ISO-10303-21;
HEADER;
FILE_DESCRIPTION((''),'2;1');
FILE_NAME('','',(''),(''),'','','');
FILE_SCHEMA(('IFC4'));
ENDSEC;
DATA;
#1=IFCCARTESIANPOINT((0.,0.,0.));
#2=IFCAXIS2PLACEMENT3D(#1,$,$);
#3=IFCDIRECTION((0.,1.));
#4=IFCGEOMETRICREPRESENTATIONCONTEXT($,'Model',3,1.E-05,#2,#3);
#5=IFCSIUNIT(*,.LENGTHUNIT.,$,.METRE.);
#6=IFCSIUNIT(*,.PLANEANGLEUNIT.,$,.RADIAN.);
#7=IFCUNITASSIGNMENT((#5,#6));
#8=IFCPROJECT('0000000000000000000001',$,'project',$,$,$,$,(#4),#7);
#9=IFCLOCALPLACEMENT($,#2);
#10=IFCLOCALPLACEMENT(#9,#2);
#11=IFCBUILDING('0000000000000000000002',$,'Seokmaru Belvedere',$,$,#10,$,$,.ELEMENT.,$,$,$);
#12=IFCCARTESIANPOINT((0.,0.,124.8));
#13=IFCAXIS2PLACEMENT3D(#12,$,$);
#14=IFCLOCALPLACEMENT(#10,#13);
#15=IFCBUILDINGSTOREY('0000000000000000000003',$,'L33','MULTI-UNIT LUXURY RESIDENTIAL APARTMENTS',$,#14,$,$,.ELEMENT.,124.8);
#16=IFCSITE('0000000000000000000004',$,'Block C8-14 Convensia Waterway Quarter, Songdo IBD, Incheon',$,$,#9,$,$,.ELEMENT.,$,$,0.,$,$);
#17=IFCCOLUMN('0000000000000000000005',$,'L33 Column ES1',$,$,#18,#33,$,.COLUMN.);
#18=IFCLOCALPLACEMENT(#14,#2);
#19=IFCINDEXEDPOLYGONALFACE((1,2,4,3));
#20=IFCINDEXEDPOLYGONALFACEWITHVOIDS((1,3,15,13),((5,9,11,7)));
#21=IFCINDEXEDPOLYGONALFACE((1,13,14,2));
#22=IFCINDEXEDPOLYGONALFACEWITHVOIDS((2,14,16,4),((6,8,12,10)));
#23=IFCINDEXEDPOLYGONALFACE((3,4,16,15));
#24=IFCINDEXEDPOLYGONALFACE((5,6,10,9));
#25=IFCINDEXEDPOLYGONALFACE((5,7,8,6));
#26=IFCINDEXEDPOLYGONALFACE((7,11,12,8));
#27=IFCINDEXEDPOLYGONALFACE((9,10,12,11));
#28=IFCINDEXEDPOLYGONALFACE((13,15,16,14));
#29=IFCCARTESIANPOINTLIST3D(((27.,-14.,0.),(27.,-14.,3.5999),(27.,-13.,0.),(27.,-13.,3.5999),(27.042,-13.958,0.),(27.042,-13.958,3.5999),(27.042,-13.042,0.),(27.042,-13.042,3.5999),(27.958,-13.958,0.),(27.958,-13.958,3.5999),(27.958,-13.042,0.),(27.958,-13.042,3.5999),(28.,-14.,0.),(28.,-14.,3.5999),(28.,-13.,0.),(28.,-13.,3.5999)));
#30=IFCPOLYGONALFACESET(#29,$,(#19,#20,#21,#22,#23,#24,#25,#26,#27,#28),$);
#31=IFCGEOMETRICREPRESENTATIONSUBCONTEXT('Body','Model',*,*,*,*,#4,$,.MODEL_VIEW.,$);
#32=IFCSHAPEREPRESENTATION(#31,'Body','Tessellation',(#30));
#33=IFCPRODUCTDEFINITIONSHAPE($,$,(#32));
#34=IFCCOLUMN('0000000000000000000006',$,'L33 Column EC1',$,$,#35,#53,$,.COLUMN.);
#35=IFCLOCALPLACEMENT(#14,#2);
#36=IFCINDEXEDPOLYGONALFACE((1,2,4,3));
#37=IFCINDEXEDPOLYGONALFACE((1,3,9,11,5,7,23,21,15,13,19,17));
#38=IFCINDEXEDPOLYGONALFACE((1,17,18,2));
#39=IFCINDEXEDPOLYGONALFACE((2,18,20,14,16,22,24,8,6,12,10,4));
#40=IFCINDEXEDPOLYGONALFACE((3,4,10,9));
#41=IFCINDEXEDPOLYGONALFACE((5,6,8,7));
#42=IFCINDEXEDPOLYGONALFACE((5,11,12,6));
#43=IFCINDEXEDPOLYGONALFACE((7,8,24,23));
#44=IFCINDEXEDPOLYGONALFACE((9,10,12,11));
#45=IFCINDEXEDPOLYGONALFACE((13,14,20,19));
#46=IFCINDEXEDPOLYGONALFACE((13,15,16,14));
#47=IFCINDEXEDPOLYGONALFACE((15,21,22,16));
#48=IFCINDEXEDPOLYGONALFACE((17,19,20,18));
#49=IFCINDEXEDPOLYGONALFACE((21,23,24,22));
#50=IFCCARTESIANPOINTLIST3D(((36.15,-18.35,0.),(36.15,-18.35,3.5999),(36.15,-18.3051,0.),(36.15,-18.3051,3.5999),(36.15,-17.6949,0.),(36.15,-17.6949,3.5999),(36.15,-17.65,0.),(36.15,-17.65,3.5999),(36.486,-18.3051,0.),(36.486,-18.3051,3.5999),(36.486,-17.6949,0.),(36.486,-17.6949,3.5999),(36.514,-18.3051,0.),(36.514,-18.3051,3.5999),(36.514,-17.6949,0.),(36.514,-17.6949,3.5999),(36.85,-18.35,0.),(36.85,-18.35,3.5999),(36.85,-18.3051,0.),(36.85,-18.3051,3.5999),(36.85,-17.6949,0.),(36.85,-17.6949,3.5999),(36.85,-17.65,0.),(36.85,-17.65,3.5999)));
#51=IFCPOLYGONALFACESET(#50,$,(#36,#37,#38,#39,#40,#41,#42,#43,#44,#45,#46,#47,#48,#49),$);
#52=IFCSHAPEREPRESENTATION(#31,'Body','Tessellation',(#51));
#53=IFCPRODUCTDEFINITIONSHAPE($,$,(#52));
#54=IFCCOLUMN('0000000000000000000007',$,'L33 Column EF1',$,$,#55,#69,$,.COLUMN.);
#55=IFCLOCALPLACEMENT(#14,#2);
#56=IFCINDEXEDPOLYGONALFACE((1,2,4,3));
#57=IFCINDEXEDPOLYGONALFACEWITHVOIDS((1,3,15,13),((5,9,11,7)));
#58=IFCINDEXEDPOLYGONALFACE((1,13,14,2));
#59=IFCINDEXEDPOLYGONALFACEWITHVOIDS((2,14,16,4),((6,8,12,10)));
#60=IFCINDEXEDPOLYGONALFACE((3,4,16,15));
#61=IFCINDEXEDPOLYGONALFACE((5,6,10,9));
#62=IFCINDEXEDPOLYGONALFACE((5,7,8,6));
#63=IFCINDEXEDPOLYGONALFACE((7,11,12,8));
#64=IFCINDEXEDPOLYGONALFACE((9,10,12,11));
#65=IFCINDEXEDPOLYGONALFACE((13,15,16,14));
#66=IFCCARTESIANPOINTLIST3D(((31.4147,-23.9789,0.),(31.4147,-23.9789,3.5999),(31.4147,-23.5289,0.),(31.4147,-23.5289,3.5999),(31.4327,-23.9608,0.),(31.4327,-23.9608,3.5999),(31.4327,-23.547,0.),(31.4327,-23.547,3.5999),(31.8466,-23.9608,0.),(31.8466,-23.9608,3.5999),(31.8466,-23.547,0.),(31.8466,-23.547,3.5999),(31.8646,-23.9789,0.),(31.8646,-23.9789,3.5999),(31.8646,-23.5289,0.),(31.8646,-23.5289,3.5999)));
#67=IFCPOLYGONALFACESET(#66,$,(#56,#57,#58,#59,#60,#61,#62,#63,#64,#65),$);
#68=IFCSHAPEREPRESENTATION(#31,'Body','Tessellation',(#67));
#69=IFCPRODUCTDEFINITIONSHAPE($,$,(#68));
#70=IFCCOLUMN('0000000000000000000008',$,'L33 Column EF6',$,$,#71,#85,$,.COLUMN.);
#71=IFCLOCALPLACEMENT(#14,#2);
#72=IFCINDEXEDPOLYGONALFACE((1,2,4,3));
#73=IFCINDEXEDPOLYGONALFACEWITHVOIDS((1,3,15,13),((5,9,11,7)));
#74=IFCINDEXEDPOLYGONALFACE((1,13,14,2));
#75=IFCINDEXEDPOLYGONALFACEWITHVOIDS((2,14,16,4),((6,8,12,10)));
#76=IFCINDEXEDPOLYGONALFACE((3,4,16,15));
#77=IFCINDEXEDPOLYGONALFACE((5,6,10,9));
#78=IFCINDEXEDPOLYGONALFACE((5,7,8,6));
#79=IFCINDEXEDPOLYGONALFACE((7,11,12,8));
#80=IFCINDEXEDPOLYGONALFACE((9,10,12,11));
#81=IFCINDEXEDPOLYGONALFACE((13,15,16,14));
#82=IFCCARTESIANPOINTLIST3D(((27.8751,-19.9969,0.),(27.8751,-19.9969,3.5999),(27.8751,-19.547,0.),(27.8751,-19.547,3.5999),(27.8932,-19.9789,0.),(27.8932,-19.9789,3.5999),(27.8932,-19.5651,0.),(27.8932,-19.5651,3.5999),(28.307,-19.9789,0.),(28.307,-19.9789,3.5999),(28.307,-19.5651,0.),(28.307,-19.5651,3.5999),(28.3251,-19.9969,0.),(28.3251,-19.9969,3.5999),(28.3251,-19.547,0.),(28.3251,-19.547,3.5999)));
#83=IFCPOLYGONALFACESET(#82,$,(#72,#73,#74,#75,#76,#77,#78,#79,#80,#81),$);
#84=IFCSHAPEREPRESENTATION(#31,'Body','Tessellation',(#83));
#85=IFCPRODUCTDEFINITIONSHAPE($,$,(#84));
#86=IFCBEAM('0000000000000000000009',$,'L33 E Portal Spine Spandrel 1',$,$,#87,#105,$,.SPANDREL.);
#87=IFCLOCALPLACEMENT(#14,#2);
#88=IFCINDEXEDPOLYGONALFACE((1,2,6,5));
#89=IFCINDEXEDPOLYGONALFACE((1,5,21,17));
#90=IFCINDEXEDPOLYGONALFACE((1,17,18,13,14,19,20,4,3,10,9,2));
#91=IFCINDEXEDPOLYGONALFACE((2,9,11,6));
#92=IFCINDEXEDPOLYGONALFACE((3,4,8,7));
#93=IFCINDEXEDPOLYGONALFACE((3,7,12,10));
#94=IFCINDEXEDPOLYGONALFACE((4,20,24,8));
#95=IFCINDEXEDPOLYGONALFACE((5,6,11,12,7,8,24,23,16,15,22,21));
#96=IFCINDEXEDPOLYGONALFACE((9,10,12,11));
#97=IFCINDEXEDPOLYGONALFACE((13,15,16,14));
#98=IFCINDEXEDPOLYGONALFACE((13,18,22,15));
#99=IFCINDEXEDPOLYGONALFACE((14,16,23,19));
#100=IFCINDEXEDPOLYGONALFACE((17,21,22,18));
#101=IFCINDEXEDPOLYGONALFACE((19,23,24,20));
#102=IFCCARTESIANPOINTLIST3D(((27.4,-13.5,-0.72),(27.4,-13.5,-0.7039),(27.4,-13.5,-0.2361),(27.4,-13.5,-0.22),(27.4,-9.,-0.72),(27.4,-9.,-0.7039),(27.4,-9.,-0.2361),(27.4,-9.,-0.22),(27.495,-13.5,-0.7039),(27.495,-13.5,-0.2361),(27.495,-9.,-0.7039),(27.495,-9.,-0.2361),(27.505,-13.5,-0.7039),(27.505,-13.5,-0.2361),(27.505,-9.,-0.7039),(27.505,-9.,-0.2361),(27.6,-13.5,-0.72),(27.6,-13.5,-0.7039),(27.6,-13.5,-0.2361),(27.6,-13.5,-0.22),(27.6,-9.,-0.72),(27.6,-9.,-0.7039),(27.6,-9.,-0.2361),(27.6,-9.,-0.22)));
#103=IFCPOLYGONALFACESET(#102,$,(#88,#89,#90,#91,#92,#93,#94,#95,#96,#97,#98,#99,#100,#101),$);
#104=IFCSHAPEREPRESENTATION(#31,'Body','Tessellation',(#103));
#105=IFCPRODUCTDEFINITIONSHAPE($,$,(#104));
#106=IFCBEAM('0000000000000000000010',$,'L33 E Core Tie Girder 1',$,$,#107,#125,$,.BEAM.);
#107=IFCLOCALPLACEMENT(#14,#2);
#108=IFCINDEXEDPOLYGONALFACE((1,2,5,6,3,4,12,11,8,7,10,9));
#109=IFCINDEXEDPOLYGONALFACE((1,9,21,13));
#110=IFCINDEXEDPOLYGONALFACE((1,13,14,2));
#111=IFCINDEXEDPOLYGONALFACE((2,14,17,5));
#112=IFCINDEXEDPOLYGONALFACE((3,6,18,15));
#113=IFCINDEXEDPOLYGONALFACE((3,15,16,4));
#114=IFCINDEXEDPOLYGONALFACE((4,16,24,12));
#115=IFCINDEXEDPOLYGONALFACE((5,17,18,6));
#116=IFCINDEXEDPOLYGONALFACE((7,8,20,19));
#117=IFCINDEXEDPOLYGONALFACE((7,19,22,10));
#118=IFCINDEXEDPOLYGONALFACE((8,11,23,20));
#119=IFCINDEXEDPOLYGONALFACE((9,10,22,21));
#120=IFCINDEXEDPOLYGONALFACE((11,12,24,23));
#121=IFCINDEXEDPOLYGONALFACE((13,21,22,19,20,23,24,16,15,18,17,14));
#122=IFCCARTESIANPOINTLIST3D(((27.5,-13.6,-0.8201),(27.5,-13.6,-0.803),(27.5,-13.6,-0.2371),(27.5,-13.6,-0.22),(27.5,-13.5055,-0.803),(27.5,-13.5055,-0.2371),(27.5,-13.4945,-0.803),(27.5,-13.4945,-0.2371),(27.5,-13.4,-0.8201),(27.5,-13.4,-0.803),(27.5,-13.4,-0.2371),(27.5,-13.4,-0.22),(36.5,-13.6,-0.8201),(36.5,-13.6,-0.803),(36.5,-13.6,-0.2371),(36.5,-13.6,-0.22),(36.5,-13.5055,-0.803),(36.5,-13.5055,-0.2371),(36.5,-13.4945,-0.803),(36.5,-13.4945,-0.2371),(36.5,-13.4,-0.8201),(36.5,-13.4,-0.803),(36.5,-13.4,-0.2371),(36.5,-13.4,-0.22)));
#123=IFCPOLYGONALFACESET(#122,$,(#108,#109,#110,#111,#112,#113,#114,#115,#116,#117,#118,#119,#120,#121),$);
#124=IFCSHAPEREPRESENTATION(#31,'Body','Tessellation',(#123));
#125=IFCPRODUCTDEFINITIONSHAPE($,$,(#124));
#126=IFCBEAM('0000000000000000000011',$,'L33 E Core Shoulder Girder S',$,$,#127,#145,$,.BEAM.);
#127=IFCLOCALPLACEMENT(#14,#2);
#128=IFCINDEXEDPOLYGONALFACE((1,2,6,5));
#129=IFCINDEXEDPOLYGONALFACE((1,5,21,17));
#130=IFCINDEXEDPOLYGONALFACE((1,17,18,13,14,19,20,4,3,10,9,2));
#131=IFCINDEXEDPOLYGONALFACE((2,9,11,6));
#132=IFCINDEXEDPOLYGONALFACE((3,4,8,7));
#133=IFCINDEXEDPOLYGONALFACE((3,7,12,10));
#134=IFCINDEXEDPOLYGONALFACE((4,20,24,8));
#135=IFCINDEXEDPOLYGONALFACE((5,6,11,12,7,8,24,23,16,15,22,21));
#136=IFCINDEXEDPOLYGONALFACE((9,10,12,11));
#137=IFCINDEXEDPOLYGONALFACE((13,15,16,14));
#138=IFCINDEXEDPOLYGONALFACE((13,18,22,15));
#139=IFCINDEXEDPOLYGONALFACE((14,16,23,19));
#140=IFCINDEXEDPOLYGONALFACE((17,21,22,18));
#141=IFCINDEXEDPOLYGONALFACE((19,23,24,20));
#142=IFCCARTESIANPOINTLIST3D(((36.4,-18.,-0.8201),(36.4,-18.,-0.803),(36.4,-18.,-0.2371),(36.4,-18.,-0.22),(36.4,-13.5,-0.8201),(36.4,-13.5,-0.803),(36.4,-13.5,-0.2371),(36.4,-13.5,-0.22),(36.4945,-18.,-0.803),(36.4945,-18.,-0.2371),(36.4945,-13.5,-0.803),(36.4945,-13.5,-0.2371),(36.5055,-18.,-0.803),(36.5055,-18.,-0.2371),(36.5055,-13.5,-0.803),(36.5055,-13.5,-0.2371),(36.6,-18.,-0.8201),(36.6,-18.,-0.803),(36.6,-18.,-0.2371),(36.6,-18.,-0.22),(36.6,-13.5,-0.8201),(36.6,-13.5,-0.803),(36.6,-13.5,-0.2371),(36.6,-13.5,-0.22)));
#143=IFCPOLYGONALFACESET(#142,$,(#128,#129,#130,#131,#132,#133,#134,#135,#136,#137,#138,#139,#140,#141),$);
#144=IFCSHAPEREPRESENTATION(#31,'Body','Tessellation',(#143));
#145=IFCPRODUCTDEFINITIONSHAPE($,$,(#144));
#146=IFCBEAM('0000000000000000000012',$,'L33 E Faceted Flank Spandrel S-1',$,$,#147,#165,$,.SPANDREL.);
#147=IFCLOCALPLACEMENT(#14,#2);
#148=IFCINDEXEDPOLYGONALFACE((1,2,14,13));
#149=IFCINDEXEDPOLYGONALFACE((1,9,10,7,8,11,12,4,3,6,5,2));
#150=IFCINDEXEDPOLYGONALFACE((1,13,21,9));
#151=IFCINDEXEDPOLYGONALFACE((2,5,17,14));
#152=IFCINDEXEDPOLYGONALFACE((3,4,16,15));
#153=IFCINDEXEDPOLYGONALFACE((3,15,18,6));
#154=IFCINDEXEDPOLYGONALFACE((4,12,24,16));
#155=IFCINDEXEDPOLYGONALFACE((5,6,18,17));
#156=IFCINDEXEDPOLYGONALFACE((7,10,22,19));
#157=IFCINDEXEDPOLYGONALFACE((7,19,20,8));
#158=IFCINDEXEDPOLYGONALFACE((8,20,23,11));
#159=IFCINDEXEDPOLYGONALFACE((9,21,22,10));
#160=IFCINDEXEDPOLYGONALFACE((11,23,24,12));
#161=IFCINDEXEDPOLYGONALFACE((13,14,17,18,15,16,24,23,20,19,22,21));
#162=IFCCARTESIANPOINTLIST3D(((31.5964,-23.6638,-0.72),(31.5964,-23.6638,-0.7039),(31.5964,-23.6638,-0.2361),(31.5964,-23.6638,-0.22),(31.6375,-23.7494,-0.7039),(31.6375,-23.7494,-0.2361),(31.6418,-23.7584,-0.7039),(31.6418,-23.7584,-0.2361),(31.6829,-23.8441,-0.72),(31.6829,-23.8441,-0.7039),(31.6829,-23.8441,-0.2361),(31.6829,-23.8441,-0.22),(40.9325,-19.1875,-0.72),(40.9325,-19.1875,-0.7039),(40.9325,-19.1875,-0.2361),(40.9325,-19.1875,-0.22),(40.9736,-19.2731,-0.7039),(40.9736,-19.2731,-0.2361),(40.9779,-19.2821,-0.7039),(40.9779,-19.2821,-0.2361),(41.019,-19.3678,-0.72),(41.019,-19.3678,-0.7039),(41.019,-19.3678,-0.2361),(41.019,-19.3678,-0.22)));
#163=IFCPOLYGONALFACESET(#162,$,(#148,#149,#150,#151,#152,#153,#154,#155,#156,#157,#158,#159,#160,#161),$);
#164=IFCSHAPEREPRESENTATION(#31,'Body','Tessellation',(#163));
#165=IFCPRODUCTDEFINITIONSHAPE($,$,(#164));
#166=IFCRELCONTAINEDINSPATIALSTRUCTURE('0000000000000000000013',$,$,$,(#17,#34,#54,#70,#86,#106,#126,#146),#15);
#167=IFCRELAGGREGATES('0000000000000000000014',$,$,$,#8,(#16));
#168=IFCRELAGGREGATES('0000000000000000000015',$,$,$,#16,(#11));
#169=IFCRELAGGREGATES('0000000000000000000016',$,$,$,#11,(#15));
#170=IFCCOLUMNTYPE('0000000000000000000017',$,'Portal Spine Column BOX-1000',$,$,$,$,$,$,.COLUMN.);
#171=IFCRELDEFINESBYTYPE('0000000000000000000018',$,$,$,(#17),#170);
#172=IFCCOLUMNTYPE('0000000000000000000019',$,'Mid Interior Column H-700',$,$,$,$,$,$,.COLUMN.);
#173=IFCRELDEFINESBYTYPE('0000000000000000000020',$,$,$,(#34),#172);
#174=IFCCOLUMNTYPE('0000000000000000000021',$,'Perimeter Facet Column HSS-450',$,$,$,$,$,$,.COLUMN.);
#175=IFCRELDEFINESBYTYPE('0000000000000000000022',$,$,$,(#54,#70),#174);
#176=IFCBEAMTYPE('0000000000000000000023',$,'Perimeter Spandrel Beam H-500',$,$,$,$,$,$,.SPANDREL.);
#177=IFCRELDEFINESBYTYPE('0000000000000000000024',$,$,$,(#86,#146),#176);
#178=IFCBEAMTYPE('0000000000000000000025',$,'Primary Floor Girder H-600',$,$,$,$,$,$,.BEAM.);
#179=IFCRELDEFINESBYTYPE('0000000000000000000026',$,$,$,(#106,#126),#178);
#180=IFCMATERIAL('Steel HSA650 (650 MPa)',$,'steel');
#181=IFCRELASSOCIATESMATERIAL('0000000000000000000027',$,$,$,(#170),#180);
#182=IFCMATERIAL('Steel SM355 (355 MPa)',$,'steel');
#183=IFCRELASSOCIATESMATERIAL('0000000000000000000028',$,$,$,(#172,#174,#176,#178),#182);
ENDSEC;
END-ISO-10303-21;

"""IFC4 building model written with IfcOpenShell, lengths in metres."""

from ifc_helpers import new_model, si_unit, direction, frame, origin, origin_2d, place, context, subcontext, project, spatial, hollow_rectangle, i_section, extrude, source, transform, mapped, material, material_profile, profile_set, type_object, type_shapes, element, save


model = new_model("IFC4")

# Units and contexts
model_context = context("Model", 3, precision=1e-05, world=origin(), true_north=direction((0.0, 1.0)))
body_context = subcontext(model_context, "Body", "Model", "MODEL_VIEW")
ifc_project = project(units=[si_unit("LENGTHUNIT", "METRE"), si_unit("PLANEANGLEUNIT", "RADIAN")], contexts=[model_context])

# Site, building, storey
site_placement = place(None, origin())
site = spatial("IfcSite", under=ifc_project, at=site_placement, Name="Block C8-14 Convensia Waterway Quarter, Songdo IBD, Incheon", CompositionType="ELEMENT", RefElevation=0.0)
building_placement = place(site_placement, origin())
building = spatial("IfcBuilding", under=site, at=building_placement, Name="Seokmaru Belvedere", CompositionType="ELEMENT")
storey_placement = place(building_placement, frame((0.0, 0.0, 124.8)))
storey = spatial("IfcBuildingStorey", under=building, at=storey_placement, Name="L33", Description="MULTI-UNIT LUXURY RESIDENTIAL APARTMENTS", CompositionType="ELEMENT", Elevation=124.8)

# Columns
ifc_material_1 = material(Name="Steel HSA650 (650 MPa)", Category="steel")
ifc_material_profile_1 = material_profile(ifc_material_1, hollow_rectangle(XDim=1.0, YDim=1.0, WallThickness=0.042, at=origin_2d()), Name="BOX-1000x1000x42")
ifc_profile_set_1 = profile_set([ifc_material_profile_1], Name="Steel HSA650 (650 MPa)")
column_type_1 = type_object("IfcColumnType", Name="Portal Spine Column BOX-1000", PredefinedType="COLUMN", material=ifc_profile_set_1)
shared_shape_1 = source(origin(), body_context, "Body", "SweptSolid", [
    extrude(hollow_rectangle(XDim=1.0, YDim=1.0, WallThickness=0.042, at=origin_2d()), origin(), (0.0, 0.0, 1.0), 3.5999),
])
type_shapes(column_type_1, [shared_shape_1])
column_1_placement = place(storey_placement, frame((27.5, -13.5, 0.0), z_axis=(0.0, 0.0, 1.0), x_axis=(1.0, 0.0, 0.0)))
element("IfcColumn", 1, at=column_1_placement, inside=storey, type_object=column_type_1, Name="L33 Column ES1", PredefinedType="COLUMN", context=body_context, shape_type="MappedRepresentation", body=[
    mapped(shared_shape_1, transform((0.0, 0.0, 0.0), scale=1.0)),
])
ifc_material_2 = material(Name="Steel SM355 (355 MPa)", Category="steel")
ifc_material_profile_2 = material_profile(ifc_material_2, i_section(OverallWidth=0.7, OverallDepth=0.7, WebThickness=0.0281, FlangeThickness=0.0449, at=origin_2d()), Name="H-700x700x28x45")
ifc_profile_set_2 = profile_set([ifc_material_profile_2], Name="Steel SM355 (355 MPa)")
column_type_2 = type_object("IfcColumnType", Name="Mid Interior Column H-700", PredefinedType="COLUMN", material=ifc_profile_set_2)
shared_shape_2 = source(origin(), body_context, "Body", "SweptSolid", [
    extrude(i_section(OverallWidth=0.7, OverallDepth=0.7, WebThickness=0.0281, FlangeThickness=0.0449, at=origin_2d()), origin(), (0.0, 0.0, 1.0), 3.5999),
])
type_shapes(column_type_2, [shared_shape_2])
column_2_placement = place(storey_placement, frame((36.5, -18.0, 0.0), z_axis=(0.0, 0.0, 1.0), x_axis=(1.0, 0.0, 0.0)))
element("IfcColumn", 2, at=column_2_placement, inside=storey, type_object=column_type_2, Name="L33 Column EC1", PredefinedType="COLUMN", context=body_context, shape_type="MappedRepresentation", body=[
    mapped(shared_shape_2, transform((0.0, 0.0, 0.0), scale=1.0)),
])
ifc_material_profile_3 = material_profile(ifc_material_2, hollow_rectangle(XDim=0.45, YDim=0.45, WallThickness=0.0181, at=origin_2d()), Name="HSS-450x450x18")
ifc_profile_set_3 = profile_set([ifc_material_profile_3], Name="Steel SM355 (355 MPa)")
column_type_3 = type_object("IfcColumnType", Name="Perimeter Facet Column HSS-450", PredefinedType="COLUMN", material=ifc_profile_set_3)
shared_shape_3 = source(origin(), body_context, "Body", "SweptSolid", [
    extrude(hollow_rectangle(XDim=0.45, YDim=0.45, WallThickness=0.0181, at=origin_2d()), origin(), (0.0, 0.0, 1.0), 3.5999),
])
type_shapes(column_type_3, [shared_shape_3])
for number, where, z_axis, x_axis, name in (
    (3, (31.6396, -23.7539, 0.0), (0.0, 0.0, 1.0), (1.0, 0.0, 0.0), "L33 Column EF1"),
    (4, (28.1001, -19.772, 0.0), (0.0, 0.0, 1.0), (1.0, 0.0, 0.0), "L33 Column EF6"),
):
    element("IfcColumn", number, at=place(storey_placement, frame(where, z_axis=z_axis, x_axis=x_axis)), inside=storey, type_object=column_type_3, Name=name, PredefinedType="COLUMN", context=body_context, shape_type="MappedRepresentation", body=[
        mapped(shared_shape_3, transform((0.0, 0.0, 0.0), scale=1.0)),
    ])

# Beams
ifc_material_profile_4 = material_profile(ifc_material_2, i_section(OverallWidth=0.2, OverallDepth=0.5, WebThickness=0.01, FlangeThickness=0.0161, at=origin_2d()), Name="H-500x200x10x16")
ifc_profile_set_4 = profile_set([ifc_material_profile_4], Name="Steel SM355 (355 MPa)")
beam_type_1 = type_object("IfcBeamType", Name="Perimeter Spandrel Beam H-500", PredefinedType="SPANDREL", material=ifc_profile_set_4)
shared_shape_4 = source(origin(), body_context, "Body", "SweptSolid", [
    extrude(i_section(OverallWidth=0.2, OverallDepth=0.5, WebThickness=0.01, FlangeThickness=0.0161, at=origin_2d()), origin(), (0.0, 0.0, 1.0), 4.5),
])
beam_1_placement = place(storey_placement, frame((27.5, -13.5, -0.47), z_axis=(0.0, 1.0, 0.0), x_axis=(-1.0, 0.0, 0.0)))
element("IfcBeam", 5, at=beam_1_placement, inside=storey, type_object=beam_type_1, Name="L33 E Portal Spine Spandrel 1", PredefinedType="SPANDREL", context=body_context, shape_type="MappedRepresentation", body=[
    mapped(shared_shape_4, transform((0.0, 0.0, 0.0), scale=1.0)),
])
ifc_material_profile_5 = material_profile(ifc_material_2, i_section(OverallWidth=0.2, OverallDepth=0.6001, WebThickness=0.011, FlangeThickness=0.0171, at=origin_2d()), Name="H-600x200x11x17")
ifc_profile_set_5 = profile_set([ifc_material_profile_5], Name="Steel SM355 (355 MPa)")
beam_type_2 = type_object("IfcBeamType", Name="Primary Floor Girder H-600", PredefinedType="BEAM", material=ifc_profile_set_5)
shared_shape_5 = source(origin(), body_context, "Body", "SweptSolid", [
    extrude(i_section(OverallWidth=0.2, OverallDepth=0.6001, WebThickness=0.011, FlangeThickness=0.0171, at=origin_2d()), origin(), (0.0, 0.0, 1.0), 9.0),
])
beam_2_placement = place(storey_placement, frame((27.5, -13.5, -0.52), z_axis=(1.0, 0.0, 0.0), x_axis=(0.0, 1.0, 0.0)))
element("IfcBeam", 6, at=beam_2_placement, inside=storey, type_object=beam_type_2, Name="L33 E Core Tie Girder 1", PredefinedType="BEAM", context=body_context, shape_type="MappedRepresentation", body=[
    mapped(shared_shape_5, transform((0.0, 0.0, 0.0), scale=1.0)),
])
shared_shape_6 = source(origin(), body_context, "Body", "SweptSolid", [
    extrude(i_section(OverallWidth=0.2, OverallDepth=0.6001, WebThickness=0.011, FlangeThickness=0.0171, at=origin_2d()), origin(), (0.0, 0.0, 1.0), 4.5),
])
type_shapes(beam_type_2, [shared_shape_5, shared_shape_6])
beam_3_placement = place(storey_placement, frame((36.5, -18.0, -0.52), z_axis=(0.0, 1.0, 0.0), x_axis=(-1.0, 0.0, 0.0)))
element("IfcBeam", 7, at=beam_3_placement, inside=storey, type_object=beam_type_2, Name="L33 E Core Shoulder Girder S", PredefinedType="BEAM", context=body_context, shape_type="MappedRepresentation", body=[
    mapped(shared_shape_6, transform((0.0, 0.0, 0.0), scale=1.0)),
])
shared_shape_7 = source(origin(), body_context, "Body", "SweptSolid", [
    extrude(i_section(OverallWidth=0.2, OverallDepth=0.5, WebThickness=0.01, FlangeThickness=0.0161, at=origin_2d()), origin(), (0.0, 0.0, 1.0), 10.3538),
])
beam_4_placement = place(storey_placement, frame((31.6396, -23.7539, -0.47), z_axis=(0.901713, 0.432335, 0.0), x_axis=(-0.432335, 0.901713, 0.0)))
element("IfcBeam", 8, at=beam_4_placement, inside=storey, type_object=beam_type_1, Name="L33 E Faceted Flank Spandrel S-1", PredefinedType="SPANDREL", context=body_context, shape_type="MappedRepresentation", body=[
    mapped(shared_shape_7, transform((0.0, 0.0, 0.0), scale=1.0)),
])

save(model, "model.ifc")
